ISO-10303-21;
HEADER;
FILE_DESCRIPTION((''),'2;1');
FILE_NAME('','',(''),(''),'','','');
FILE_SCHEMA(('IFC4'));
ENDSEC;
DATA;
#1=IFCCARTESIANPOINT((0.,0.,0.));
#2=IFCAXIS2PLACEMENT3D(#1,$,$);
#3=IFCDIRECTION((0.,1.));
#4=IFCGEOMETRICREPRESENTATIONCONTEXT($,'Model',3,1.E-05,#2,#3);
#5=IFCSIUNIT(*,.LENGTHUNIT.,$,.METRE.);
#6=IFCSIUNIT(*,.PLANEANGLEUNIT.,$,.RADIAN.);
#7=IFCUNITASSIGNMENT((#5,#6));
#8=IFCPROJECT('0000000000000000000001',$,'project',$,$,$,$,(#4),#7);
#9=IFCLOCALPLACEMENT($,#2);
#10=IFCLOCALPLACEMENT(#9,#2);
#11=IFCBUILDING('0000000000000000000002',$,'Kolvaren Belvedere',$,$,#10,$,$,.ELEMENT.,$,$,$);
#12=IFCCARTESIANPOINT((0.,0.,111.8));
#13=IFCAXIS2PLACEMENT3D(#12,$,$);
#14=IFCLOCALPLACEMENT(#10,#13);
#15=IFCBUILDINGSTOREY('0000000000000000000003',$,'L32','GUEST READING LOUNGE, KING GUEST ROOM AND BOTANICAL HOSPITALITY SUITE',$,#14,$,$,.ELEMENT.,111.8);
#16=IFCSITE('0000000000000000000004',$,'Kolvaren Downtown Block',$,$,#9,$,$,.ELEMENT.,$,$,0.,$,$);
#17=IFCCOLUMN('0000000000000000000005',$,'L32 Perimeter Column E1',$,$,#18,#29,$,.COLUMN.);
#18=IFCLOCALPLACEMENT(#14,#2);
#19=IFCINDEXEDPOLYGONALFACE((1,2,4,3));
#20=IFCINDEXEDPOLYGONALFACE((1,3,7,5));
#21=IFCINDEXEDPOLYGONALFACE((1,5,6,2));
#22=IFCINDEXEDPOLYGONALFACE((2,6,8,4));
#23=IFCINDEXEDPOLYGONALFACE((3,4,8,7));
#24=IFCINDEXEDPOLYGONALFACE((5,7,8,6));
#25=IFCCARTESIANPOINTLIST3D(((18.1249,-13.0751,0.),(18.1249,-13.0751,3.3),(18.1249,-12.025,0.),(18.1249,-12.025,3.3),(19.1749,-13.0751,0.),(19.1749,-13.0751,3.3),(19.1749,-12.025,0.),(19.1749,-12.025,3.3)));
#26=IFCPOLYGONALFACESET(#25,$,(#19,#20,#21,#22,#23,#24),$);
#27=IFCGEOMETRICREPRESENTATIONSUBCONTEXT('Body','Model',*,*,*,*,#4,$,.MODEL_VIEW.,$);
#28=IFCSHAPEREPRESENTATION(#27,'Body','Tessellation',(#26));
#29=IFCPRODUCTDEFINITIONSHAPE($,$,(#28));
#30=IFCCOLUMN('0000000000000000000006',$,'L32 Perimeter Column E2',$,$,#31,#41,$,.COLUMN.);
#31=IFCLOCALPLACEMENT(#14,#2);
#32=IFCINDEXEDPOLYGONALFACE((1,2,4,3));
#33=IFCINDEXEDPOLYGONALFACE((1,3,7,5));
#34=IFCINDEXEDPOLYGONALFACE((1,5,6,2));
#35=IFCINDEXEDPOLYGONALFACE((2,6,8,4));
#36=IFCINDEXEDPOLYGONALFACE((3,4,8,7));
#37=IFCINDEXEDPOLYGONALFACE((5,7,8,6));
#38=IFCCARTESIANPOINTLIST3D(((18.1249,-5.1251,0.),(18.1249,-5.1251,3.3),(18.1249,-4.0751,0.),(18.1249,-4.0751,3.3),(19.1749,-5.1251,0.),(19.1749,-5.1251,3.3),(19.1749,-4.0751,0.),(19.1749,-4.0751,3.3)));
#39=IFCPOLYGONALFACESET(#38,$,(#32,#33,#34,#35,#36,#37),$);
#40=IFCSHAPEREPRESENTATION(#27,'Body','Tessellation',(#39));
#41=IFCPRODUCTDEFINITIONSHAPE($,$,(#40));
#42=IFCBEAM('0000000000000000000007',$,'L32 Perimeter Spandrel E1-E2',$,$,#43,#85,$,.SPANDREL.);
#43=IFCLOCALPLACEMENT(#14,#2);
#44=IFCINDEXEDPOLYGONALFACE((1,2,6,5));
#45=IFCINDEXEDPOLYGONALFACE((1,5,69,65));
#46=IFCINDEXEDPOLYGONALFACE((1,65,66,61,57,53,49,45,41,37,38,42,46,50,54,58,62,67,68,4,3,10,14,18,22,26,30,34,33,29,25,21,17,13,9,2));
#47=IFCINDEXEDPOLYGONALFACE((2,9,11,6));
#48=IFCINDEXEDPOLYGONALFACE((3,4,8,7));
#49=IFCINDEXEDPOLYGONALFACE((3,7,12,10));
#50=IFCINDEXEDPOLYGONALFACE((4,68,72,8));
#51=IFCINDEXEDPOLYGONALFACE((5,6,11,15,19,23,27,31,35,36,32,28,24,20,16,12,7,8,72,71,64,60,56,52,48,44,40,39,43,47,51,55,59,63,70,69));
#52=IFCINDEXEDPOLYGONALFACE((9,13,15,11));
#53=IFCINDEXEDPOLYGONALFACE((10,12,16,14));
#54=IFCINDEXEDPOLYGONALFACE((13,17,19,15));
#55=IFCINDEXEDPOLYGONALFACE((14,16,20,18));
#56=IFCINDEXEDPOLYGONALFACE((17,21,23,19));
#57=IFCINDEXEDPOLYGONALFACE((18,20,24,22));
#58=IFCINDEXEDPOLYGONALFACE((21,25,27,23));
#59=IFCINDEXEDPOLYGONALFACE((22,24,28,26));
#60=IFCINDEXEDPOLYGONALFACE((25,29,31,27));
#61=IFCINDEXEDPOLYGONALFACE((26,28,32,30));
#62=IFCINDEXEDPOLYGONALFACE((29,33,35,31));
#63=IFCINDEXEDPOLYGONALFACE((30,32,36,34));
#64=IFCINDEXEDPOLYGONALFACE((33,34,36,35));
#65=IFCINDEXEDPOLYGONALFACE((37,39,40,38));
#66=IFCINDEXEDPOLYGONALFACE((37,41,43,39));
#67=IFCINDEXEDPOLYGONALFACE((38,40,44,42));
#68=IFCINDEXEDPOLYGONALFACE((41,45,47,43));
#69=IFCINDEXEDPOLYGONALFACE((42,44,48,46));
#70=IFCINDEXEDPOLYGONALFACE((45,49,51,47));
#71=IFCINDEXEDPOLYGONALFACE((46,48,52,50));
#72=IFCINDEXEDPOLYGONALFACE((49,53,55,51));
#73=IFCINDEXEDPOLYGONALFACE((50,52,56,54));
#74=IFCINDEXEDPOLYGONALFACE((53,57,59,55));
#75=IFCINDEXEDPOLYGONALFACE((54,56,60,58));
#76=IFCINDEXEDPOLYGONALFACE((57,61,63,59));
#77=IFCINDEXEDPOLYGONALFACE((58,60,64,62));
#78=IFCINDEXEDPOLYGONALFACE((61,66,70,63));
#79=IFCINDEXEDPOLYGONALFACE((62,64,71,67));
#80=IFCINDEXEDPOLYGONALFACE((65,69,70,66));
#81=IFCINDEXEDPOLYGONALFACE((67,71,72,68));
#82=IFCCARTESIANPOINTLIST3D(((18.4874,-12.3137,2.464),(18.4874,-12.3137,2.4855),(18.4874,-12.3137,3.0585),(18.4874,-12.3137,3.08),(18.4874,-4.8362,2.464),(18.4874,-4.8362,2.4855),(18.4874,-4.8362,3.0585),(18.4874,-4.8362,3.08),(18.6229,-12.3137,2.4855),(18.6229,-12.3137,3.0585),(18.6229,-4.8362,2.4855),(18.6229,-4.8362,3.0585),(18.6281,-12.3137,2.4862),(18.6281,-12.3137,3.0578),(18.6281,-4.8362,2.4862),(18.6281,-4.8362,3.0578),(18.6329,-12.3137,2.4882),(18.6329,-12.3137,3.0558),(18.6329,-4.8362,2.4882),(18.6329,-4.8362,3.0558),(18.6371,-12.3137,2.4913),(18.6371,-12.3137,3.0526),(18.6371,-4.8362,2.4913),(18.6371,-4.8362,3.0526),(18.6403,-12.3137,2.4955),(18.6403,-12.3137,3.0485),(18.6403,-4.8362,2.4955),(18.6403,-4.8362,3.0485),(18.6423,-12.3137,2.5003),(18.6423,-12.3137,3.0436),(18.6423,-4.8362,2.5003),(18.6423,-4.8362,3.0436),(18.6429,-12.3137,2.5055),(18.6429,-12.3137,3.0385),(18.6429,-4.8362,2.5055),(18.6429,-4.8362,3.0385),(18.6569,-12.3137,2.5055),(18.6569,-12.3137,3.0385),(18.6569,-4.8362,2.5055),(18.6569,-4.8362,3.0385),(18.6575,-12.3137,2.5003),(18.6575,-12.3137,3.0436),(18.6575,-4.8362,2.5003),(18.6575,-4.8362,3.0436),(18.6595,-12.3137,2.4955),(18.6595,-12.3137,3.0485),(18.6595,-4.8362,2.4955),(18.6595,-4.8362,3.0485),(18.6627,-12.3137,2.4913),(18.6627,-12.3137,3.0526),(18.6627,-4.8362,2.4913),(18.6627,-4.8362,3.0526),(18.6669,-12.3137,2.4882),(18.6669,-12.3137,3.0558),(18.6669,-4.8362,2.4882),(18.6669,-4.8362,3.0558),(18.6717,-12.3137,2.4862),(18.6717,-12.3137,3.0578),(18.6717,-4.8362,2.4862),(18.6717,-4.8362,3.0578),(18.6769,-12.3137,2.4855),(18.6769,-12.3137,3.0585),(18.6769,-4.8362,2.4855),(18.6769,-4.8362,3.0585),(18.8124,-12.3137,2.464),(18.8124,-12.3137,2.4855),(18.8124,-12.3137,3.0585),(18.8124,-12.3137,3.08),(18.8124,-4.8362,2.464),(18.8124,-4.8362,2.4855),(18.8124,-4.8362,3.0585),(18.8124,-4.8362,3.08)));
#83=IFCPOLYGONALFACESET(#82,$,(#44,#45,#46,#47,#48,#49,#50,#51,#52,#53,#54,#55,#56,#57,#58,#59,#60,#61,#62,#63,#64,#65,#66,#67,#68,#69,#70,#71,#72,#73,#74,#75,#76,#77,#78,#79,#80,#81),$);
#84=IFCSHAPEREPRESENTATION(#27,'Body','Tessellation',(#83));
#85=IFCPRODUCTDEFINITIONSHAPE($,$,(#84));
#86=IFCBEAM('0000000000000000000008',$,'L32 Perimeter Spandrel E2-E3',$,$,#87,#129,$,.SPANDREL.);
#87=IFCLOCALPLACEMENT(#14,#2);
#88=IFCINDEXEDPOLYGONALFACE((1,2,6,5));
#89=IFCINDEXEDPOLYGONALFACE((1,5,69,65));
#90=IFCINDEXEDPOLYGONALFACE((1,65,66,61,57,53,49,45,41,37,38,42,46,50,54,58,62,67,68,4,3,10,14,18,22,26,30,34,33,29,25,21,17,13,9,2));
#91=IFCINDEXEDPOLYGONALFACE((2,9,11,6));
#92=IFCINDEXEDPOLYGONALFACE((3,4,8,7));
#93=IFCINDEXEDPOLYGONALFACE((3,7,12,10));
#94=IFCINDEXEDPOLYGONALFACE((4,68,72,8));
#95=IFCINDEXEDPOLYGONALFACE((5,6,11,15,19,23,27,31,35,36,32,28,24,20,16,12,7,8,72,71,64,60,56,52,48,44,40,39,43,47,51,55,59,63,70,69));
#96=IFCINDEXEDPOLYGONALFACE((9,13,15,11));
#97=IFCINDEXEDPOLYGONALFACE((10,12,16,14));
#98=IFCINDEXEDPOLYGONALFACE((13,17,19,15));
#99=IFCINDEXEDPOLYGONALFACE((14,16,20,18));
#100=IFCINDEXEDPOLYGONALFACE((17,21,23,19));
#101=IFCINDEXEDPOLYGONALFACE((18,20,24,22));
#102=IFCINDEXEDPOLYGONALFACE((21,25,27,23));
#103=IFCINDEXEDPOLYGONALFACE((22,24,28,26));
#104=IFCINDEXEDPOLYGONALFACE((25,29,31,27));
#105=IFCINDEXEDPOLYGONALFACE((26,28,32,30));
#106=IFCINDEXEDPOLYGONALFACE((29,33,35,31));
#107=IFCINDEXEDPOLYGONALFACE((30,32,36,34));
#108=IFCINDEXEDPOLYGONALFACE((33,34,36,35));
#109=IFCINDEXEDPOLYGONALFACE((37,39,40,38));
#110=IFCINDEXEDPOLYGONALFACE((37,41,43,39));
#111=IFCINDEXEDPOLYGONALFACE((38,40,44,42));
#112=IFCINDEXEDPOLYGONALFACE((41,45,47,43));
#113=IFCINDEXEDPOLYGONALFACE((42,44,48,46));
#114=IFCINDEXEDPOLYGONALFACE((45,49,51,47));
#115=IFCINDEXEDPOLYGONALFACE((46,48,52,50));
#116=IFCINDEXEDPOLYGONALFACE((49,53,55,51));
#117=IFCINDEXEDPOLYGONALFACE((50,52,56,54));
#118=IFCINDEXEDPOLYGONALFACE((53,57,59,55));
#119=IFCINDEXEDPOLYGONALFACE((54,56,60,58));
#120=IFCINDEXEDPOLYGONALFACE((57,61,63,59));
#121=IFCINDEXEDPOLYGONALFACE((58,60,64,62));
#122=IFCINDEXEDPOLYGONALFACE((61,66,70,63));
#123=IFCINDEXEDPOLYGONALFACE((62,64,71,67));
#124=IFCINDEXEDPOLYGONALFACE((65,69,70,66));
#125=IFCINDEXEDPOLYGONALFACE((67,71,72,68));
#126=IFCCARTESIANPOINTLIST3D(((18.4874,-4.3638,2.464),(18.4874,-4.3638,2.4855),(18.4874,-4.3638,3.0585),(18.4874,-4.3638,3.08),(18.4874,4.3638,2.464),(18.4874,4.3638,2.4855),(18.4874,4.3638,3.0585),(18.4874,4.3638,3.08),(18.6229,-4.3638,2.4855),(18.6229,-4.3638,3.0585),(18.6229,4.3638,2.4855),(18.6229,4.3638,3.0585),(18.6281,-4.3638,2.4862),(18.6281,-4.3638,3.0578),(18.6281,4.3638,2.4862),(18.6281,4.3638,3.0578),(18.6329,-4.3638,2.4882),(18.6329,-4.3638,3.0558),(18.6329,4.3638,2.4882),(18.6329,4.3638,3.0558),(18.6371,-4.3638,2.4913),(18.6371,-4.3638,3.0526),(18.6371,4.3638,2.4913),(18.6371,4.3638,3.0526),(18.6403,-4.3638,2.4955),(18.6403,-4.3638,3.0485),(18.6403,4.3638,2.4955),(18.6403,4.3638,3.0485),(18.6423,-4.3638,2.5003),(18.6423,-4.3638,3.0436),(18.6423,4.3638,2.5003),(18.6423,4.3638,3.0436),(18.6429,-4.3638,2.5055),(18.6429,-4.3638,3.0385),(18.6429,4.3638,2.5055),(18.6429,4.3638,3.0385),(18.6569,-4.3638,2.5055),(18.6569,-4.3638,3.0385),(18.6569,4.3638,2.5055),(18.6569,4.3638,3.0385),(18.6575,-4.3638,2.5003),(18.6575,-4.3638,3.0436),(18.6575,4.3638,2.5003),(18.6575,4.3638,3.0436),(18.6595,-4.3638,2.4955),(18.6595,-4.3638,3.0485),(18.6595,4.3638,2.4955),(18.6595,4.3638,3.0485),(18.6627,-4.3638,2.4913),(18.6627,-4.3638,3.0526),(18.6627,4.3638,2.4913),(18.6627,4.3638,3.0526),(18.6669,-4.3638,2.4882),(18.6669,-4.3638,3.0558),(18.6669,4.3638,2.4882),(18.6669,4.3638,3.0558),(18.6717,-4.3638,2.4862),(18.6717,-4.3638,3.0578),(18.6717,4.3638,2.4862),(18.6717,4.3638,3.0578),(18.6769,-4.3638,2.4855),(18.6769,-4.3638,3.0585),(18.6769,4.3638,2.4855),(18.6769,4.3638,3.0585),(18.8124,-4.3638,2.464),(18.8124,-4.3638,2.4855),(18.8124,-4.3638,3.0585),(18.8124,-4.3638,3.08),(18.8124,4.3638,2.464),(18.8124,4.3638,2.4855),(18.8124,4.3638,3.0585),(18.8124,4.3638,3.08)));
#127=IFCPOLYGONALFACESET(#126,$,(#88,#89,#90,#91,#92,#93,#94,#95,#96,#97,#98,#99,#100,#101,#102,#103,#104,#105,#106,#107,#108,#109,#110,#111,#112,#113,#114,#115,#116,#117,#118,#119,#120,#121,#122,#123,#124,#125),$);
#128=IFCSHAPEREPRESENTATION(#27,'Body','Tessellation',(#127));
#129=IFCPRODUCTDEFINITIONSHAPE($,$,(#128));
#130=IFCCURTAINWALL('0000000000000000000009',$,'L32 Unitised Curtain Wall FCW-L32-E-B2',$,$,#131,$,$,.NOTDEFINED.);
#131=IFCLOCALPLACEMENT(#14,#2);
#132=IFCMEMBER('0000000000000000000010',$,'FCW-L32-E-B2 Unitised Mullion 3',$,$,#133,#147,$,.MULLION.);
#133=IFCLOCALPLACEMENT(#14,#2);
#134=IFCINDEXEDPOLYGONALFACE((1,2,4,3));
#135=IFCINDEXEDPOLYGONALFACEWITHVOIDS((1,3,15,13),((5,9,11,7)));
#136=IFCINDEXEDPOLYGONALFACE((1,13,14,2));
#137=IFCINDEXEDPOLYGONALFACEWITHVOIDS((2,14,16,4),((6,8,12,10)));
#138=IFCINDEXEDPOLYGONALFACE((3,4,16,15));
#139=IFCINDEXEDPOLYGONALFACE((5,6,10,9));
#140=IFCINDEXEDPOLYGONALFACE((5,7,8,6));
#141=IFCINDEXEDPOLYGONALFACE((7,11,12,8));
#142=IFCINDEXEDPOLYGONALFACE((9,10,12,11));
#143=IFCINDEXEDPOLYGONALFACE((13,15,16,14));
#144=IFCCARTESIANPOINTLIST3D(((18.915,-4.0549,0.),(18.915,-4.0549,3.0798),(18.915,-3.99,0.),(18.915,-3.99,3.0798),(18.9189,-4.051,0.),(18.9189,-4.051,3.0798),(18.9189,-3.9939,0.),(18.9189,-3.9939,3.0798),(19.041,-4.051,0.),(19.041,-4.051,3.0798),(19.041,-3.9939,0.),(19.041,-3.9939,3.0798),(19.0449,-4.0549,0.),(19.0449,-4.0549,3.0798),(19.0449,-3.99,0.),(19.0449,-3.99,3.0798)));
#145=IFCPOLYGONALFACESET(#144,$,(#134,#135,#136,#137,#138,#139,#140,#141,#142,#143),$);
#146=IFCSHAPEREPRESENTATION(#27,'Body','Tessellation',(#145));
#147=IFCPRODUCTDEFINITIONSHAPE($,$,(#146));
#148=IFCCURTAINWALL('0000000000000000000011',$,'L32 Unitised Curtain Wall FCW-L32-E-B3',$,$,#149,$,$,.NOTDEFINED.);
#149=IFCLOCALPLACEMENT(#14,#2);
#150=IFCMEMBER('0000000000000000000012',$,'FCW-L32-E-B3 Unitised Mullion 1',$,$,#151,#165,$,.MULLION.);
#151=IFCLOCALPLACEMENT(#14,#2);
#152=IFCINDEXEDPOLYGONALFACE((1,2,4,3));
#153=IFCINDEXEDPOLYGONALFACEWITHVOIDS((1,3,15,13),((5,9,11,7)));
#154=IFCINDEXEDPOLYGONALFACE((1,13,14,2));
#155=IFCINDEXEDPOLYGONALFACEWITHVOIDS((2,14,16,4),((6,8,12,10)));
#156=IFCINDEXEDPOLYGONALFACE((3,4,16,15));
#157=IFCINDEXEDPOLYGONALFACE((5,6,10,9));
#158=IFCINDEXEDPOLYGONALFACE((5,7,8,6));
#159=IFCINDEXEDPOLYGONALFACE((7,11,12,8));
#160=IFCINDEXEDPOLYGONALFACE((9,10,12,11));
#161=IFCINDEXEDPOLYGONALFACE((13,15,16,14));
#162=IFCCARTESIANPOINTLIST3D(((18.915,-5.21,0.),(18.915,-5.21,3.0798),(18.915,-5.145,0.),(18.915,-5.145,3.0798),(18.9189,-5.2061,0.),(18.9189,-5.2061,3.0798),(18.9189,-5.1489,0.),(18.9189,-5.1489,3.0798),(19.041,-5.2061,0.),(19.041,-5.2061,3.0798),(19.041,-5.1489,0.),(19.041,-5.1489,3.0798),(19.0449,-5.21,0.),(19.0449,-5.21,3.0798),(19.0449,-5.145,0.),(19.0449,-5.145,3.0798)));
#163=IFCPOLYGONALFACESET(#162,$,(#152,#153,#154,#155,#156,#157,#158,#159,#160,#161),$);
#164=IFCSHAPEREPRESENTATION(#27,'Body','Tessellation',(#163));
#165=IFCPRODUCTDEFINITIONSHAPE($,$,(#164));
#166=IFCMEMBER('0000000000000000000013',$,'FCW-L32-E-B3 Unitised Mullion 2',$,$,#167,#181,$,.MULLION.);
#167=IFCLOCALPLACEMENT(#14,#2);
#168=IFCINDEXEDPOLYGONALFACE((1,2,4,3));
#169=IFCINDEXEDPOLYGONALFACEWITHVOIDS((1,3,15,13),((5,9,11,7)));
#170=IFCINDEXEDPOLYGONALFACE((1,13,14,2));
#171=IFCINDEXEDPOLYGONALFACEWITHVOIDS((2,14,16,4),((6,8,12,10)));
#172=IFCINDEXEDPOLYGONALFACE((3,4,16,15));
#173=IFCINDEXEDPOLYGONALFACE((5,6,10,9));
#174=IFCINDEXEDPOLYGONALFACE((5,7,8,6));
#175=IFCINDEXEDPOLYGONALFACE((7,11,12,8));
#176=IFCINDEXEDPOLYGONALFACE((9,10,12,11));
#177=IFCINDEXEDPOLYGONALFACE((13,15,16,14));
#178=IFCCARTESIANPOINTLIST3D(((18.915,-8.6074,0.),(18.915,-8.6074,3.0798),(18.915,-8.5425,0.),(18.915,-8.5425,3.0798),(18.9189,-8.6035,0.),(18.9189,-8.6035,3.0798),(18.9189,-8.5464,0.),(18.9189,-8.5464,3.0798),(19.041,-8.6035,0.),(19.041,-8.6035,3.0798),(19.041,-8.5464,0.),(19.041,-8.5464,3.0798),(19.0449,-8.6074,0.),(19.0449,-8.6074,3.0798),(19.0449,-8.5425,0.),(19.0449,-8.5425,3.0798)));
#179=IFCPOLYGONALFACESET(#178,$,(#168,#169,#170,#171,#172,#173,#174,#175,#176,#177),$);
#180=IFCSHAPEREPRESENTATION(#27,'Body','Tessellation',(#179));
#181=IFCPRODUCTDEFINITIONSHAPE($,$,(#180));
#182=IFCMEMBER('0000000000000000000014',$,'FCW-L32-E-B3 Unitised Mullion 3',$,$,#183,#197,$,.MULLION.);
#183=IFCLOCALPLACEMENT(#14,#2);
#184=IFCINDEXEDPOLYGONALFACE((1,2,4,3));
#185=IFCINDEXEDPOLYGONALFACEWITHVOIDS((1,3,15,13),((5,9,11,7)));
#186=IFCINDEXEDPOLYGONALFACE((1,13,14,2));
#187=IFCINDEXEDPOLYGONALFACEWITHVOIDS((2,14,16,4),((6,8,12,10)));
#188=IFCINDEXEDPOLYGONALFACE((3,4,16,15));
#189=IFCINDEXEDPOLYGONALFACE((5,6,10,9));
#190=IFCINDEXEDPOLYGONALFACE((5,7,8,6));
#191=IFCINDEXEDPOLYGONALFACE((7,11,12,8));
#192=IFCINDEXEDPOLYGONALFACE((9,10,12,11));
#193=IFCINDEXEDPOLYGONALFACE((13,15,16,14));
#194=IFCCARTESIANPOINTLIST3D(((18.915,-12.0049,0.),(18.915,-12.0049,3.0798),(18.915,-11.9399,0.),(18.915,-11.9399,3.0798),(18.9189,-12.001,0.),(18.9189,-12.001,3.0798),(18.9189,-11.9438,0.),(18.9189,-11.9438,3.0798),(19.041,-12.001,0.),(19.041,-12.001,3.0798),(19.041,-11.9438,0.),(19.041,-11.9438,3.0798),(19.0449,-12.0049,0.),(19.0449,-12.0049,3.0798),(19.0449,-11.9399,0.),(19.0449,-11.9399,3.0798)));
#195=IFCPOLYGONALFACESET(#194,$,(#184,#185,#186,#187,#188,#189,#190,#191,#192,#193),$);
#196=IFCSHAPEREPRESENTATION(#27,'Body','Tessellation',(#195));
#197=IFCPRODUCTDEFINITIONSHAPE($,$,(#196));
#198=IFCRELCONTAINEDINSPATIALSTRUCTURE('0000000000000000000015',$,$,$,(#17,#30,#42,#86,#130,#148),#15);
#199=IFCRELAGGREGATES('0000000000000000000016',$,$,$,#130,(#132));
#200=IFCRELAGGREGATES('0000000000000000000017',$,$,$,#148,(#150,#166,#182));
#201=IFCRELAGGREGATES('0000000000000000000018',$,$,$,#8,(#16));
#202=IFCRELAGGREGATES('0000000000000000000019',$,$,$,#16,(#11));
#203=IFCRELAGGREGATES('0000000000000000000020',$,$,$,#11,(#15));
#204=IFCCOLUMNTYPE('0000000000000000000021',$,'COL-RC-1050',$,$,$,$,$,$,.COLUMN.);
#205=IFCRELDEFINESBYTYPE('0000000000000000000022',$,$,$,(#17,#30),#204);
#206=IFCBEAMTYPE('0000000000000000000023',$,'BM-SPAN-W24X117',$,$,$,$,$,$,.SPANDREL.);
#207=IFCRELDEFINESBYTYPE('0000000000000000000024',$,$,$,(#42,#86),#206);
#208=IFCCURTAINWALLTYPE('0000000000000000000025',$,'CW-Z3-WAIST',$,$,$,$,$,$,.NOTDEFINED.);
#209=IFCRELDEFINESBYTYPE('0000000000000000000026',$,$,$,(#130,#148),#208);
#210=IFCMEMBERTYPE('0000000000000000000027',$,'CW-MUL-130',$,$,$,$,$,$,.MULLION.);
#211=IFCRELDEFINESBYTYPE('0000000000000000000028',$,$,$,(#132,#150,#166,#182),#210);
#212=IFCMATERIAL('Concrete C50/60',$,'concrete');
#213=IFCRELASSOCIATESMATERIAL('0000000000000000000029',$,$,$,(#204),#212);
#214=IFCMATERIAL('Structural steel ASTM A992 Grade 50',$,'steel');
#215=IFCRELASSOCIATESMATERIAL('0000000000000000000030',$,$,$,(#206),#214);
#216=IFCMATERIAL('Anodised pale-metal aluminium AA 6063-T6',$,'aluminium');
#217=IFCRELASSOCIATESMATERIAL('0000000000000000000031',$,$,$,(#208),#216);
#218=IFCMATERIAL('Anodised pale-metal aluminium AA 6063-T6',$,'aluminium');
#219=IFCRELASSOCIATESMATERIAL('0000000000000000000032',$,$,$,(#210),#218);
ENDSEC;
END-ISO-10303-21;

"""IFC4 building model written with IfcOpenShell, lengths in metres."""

from ifc_helpers import new_model, si_unit, direction, frame, origin, origin_2d, place, context, subcontext, project, spatial, rectangle, hollow_rectangle, i_section, extrude, material, material_profile, profile_set, type_object, element, aggregate, save


model = new_model("IFC4")

# Units and contexts
model_context = context("Model", 3, precision=1e-05, world=origin(), true_north=direction((0.0, 1.0)))
body_context = subcontext(model_context, "Body", "Model", "MODEL_VIEW")
ifc_project = project(units=[si_unit("LENGTHUNIT", "METRE"), si_unit("PLANEANGLEUNIT", "RADIAN")], contexts=[model_context])

# Site, building, storey
site_placement = place(None, origin())
site = spatial("IfcSite", under=ifc_project, at=site_placement, Name="Kolvaren Downtown Block", CompositionType="ELEMENT", RefElevation=0.0)
building_placement = place(site_placement, origin())
building = spatial("IfcBuilding", under=site, at=building_placement, Name="Kolvaren Belvedere", CompositionType="ELEMENT")
storey_placement = place(building_placement, frame((0.0, 0.0, 111.8)))
storey = spatial("IfcBuildingStorey", under=building, at=storey_placement, Name="L32", Description="GUEST READING LOUNGE, KING GUEST ROOM AND BOTANICAL HOSPITALITY SUITE", CompositionType="ELEMENT", Elevation=111.8)

# Columns
ifc_material_1 = material(Name="Concrete C50/60", Category="concrete")
ifc_material_profile_1 = material_profile(ifc_material_1, rectangle(XDim=1.05, YDim=1.05, at=origin_2d()), Name="RC 1050X1050")
ifc_profile_set_1 = profile_set([ifc_material_profile_1], Name="Concrete C50/60")
column_type = type_object("IfcColumnType", Name="COL-RC-1050", PredefinedType="COLUMN", material=ifc_profile_set_1)
for number, where, z_axis, x_axis, name in (
    (1, (18.6499, -12.55, 0.0), (0.0, 0.0, 1.0), (1.0, 0.0, 0.0), "L32 Perimeter Column E1"),
    (2, (18.6499, -4.6001, 0.0), (0.0, 0.0, 1.0), (1.0, 0.0, 0.0), "L32 Perimeter Column E2"),
):
    element("IfcColumn", number, at=place(storey_placement, frame(where, z_axis=z_axis, x_axis=x_axis)), inside=storey, type_object=column_type, Name=name, PredefinedType="COLUMN", context=body_context, shape_type="SweptSolid", body=[
        extrude(rectangle(XDim=1.05, YDim=1.05, at=origin_2d()), origin(), (0.0, 0.0, 1.0), 3.3),
    ])

# Beams
ifc_material_2 = material(Name="Structural steel ASTM A992 Grade 50", Category="steel")
ifc_material_profile_2 = material_profile(ifc_material_2, i_section(OverallWidth=0.325, OverallDepth=0.616, WebThickness=0.0139, FlangeThickness=0.0215, FilletRadius=0.02, at=origin_2d()), Name="W24X117")
ifc_profile_set_2 = profile_set([ifc_material_profile_2], Name="Structural steel ASTM A992 Grade 50")
beam_type = type_object("IfcBeamType", Name="BM-SPAN-W24X117", PredefinedType="SPANDREL", material=ifc_profile_set_2)
beam_1_placement = place(storey_placement, frame((18.6499, -12.3137, 2.772), z_axis=(0.0, 1.0, 0.0), x_axis=(-1.0, 0.0, 0.0)))
element("IfcBeam", 3, at=beam_1_placement, inside=storey, type_object=beam_type, Name="L32 Perimeter Spandrel E1-E2", PredefinedType="SPANDREL", context=body_context, shape_type="SweptSolid", body=[
    extrude(i_section(OverallWidth=0.325, OverallDepth=0.616, WebThickness=0.0139, FlangeThickness=0.0215, FilletRadius=0.02, at=origin_2d()), origin(), (0.0, 0.0, 1.0), 7.4775),
])
beam_2_placement = place(storey_placement, frame((18.6499, -4.3638, 2.772), z_axis=(0.0, 1.0, 0.0), x_axis=(-1.0, 0.0, 0.0)))
element("IfcBeam", 4, at=beam_2_placement, inside=storey, type_object=beam_type, Name="L32 Perimeter Spandrel E2-E3", PredefinedType="SPANDREL", context=body_context, shape_type="SweptSolid", body=[
    extrude(i_section(OverallWidth=0.325, OverallDepth=0.616, WebThickness=0.0139, FlangeThickness=0.0215, FilletRadius=0.02, at=origin_2d()), origin(), (0.0, 0.0, 1.0), 8.7275),
])

# Curtain wall, member
ifc_material_3 = material(Name="Anodised pale-metal aluminium AA 6063-T6", Category="aluminium")
curtain_wall_type = type_object("IfcCurtainWallType", Name="CW-Z3-WAIST", PredefinedType="NOTDEFINED", material=ifc_material_3)
curtain_wall_1_placement = place(storey_placement, origin())
curtain_wall_1 = element("IfcCurtainWall", 5, at=curtain_wall_1_placement, inside=storey, type_object=curtain_wall_type, Name="L32 Unitised Curtain Wall FCW-L32-E-B2", PredefinedType="NOTDEFINED")
ifc_material_4 = material(Name="Anodised pale-metal aluminium AA 6063-T6", Category="aluminium")
ifc_material_profile_3 = material_profile(ifc_material_4, hollow_rectangle(XDim=0.0649, YDim=0.1299, WallThickness=0.0039, at=origin_2d()), Name="ALU-MUL-130X65")
ifc_profile_set_3 = profile_set([ifc_material_profile_3], Name="Anodised pale-metal aluminium AA 6063-T6")
member_type_1 = type_object("IfcMemberType", Name="CW-MUL-130", PredefinedType="MULLION", material=ifc_profile_set_3)
member_1_placement = place(storey_placement, frame((18.98, -4.0225, 0.0), z_axis=(0.0, 0.0, 1.0), x_axis=(0.0, 1.0, 0.0)))
member_1 = element("IfcMember", 6, at=member_1_placement, type_object=member_type_1, Name="FCW-L32-E-B2 Unitised Mullion 3", PredefinedType="MULLION", context=body_context, shape_type="SweptSolid", body=[
    extrude(hollow_rectangle(XDim=0.0649, YDim=0.1299, WallThickness=0.0039, at=origin_2d()), origin(), (0.0, 0.0, 1.0), 3.0798),
])

# Curtain wall, members
curtain_wall_2_placement = place(storey_placement, origin())
curtain_wall_2 = element("IfcCurtainWall", 7, at=curtain_wall_2_placement, inside=storey, type_object=curtain_wall_type, Name="L32 Unitised Curtain Wall FCW-L32-E-B3", PredefinedType="NOTDEFINED")
member_2_placement = place(storey_placement, frame((18.98, -5.1775, 0.0), z_axis=(0.0, 0.0, 1.0), x_axis=(0.0, 1.0, 0.0)))
member_2 = element("IfcMember", 8, at=member_2_placement, type_object=member_type_1, Name="FCW-L32-E-B3 Unitised Mullion 1", PredefinedType="MULLION", context=body_context, shape_type="SweptSolid", body=[
    extrude(hollow_rectangle(XDim=0.0649, YDim=0.1299, WallThickness=0.0039, at=origin_2d()), origin(), (0.0, 0.0, 1.0), 3.0798),
])
member_3_placement = place(storey_placement, frame((18.98, -8.575, 0.0), z_axis=(0.0, 0.0, 1.0), x_axis=(0.0, 1.0, 0.0)))
member_3 = element("IfcMember", 9, at=member_3_placement, type_object=member_type_1, Name="FCW-L32-E-B3 Unitised Mullion 2", PredefinedType="MULLION", context=body_context, shape_type="SweptSolid", body=[
    extrude(hollow_rectangle(XDim=0.0649, YDim=0.1299, WallThickness=0.0039, at=origin_2d()), origin(), (0.0, 0.0, 1.0), 3.0798),
])
member_4_placement = place(storey_placement, frame((18.98, -11.9724, 0.0), z_axis=(0.0, 0.0, 1.0), x_axis=(0.0, 1.0, 0.0)))
member_4 = element("IfcMember", 10, at=member_4_placement, type_object=member_type_1, Name="FCW-L32-E-B3 Unitised Mullion 3", PredefinedType="MULLION", context=body_context, shape_type="SweptSolid", body=[
    extrude(hollow_rectangle(XDim=0.0649, YDim=0.1299, WallThickness=0.0039, at=origin_2d()), origin(), (0.0, 0.0, 1.0), 3.0798),
])

aggregate(curtain_wall_1, [member_1])
aggregate(curtain_wall_2, [member_2, member_3, member_4])

save(model, "model.ifc")
